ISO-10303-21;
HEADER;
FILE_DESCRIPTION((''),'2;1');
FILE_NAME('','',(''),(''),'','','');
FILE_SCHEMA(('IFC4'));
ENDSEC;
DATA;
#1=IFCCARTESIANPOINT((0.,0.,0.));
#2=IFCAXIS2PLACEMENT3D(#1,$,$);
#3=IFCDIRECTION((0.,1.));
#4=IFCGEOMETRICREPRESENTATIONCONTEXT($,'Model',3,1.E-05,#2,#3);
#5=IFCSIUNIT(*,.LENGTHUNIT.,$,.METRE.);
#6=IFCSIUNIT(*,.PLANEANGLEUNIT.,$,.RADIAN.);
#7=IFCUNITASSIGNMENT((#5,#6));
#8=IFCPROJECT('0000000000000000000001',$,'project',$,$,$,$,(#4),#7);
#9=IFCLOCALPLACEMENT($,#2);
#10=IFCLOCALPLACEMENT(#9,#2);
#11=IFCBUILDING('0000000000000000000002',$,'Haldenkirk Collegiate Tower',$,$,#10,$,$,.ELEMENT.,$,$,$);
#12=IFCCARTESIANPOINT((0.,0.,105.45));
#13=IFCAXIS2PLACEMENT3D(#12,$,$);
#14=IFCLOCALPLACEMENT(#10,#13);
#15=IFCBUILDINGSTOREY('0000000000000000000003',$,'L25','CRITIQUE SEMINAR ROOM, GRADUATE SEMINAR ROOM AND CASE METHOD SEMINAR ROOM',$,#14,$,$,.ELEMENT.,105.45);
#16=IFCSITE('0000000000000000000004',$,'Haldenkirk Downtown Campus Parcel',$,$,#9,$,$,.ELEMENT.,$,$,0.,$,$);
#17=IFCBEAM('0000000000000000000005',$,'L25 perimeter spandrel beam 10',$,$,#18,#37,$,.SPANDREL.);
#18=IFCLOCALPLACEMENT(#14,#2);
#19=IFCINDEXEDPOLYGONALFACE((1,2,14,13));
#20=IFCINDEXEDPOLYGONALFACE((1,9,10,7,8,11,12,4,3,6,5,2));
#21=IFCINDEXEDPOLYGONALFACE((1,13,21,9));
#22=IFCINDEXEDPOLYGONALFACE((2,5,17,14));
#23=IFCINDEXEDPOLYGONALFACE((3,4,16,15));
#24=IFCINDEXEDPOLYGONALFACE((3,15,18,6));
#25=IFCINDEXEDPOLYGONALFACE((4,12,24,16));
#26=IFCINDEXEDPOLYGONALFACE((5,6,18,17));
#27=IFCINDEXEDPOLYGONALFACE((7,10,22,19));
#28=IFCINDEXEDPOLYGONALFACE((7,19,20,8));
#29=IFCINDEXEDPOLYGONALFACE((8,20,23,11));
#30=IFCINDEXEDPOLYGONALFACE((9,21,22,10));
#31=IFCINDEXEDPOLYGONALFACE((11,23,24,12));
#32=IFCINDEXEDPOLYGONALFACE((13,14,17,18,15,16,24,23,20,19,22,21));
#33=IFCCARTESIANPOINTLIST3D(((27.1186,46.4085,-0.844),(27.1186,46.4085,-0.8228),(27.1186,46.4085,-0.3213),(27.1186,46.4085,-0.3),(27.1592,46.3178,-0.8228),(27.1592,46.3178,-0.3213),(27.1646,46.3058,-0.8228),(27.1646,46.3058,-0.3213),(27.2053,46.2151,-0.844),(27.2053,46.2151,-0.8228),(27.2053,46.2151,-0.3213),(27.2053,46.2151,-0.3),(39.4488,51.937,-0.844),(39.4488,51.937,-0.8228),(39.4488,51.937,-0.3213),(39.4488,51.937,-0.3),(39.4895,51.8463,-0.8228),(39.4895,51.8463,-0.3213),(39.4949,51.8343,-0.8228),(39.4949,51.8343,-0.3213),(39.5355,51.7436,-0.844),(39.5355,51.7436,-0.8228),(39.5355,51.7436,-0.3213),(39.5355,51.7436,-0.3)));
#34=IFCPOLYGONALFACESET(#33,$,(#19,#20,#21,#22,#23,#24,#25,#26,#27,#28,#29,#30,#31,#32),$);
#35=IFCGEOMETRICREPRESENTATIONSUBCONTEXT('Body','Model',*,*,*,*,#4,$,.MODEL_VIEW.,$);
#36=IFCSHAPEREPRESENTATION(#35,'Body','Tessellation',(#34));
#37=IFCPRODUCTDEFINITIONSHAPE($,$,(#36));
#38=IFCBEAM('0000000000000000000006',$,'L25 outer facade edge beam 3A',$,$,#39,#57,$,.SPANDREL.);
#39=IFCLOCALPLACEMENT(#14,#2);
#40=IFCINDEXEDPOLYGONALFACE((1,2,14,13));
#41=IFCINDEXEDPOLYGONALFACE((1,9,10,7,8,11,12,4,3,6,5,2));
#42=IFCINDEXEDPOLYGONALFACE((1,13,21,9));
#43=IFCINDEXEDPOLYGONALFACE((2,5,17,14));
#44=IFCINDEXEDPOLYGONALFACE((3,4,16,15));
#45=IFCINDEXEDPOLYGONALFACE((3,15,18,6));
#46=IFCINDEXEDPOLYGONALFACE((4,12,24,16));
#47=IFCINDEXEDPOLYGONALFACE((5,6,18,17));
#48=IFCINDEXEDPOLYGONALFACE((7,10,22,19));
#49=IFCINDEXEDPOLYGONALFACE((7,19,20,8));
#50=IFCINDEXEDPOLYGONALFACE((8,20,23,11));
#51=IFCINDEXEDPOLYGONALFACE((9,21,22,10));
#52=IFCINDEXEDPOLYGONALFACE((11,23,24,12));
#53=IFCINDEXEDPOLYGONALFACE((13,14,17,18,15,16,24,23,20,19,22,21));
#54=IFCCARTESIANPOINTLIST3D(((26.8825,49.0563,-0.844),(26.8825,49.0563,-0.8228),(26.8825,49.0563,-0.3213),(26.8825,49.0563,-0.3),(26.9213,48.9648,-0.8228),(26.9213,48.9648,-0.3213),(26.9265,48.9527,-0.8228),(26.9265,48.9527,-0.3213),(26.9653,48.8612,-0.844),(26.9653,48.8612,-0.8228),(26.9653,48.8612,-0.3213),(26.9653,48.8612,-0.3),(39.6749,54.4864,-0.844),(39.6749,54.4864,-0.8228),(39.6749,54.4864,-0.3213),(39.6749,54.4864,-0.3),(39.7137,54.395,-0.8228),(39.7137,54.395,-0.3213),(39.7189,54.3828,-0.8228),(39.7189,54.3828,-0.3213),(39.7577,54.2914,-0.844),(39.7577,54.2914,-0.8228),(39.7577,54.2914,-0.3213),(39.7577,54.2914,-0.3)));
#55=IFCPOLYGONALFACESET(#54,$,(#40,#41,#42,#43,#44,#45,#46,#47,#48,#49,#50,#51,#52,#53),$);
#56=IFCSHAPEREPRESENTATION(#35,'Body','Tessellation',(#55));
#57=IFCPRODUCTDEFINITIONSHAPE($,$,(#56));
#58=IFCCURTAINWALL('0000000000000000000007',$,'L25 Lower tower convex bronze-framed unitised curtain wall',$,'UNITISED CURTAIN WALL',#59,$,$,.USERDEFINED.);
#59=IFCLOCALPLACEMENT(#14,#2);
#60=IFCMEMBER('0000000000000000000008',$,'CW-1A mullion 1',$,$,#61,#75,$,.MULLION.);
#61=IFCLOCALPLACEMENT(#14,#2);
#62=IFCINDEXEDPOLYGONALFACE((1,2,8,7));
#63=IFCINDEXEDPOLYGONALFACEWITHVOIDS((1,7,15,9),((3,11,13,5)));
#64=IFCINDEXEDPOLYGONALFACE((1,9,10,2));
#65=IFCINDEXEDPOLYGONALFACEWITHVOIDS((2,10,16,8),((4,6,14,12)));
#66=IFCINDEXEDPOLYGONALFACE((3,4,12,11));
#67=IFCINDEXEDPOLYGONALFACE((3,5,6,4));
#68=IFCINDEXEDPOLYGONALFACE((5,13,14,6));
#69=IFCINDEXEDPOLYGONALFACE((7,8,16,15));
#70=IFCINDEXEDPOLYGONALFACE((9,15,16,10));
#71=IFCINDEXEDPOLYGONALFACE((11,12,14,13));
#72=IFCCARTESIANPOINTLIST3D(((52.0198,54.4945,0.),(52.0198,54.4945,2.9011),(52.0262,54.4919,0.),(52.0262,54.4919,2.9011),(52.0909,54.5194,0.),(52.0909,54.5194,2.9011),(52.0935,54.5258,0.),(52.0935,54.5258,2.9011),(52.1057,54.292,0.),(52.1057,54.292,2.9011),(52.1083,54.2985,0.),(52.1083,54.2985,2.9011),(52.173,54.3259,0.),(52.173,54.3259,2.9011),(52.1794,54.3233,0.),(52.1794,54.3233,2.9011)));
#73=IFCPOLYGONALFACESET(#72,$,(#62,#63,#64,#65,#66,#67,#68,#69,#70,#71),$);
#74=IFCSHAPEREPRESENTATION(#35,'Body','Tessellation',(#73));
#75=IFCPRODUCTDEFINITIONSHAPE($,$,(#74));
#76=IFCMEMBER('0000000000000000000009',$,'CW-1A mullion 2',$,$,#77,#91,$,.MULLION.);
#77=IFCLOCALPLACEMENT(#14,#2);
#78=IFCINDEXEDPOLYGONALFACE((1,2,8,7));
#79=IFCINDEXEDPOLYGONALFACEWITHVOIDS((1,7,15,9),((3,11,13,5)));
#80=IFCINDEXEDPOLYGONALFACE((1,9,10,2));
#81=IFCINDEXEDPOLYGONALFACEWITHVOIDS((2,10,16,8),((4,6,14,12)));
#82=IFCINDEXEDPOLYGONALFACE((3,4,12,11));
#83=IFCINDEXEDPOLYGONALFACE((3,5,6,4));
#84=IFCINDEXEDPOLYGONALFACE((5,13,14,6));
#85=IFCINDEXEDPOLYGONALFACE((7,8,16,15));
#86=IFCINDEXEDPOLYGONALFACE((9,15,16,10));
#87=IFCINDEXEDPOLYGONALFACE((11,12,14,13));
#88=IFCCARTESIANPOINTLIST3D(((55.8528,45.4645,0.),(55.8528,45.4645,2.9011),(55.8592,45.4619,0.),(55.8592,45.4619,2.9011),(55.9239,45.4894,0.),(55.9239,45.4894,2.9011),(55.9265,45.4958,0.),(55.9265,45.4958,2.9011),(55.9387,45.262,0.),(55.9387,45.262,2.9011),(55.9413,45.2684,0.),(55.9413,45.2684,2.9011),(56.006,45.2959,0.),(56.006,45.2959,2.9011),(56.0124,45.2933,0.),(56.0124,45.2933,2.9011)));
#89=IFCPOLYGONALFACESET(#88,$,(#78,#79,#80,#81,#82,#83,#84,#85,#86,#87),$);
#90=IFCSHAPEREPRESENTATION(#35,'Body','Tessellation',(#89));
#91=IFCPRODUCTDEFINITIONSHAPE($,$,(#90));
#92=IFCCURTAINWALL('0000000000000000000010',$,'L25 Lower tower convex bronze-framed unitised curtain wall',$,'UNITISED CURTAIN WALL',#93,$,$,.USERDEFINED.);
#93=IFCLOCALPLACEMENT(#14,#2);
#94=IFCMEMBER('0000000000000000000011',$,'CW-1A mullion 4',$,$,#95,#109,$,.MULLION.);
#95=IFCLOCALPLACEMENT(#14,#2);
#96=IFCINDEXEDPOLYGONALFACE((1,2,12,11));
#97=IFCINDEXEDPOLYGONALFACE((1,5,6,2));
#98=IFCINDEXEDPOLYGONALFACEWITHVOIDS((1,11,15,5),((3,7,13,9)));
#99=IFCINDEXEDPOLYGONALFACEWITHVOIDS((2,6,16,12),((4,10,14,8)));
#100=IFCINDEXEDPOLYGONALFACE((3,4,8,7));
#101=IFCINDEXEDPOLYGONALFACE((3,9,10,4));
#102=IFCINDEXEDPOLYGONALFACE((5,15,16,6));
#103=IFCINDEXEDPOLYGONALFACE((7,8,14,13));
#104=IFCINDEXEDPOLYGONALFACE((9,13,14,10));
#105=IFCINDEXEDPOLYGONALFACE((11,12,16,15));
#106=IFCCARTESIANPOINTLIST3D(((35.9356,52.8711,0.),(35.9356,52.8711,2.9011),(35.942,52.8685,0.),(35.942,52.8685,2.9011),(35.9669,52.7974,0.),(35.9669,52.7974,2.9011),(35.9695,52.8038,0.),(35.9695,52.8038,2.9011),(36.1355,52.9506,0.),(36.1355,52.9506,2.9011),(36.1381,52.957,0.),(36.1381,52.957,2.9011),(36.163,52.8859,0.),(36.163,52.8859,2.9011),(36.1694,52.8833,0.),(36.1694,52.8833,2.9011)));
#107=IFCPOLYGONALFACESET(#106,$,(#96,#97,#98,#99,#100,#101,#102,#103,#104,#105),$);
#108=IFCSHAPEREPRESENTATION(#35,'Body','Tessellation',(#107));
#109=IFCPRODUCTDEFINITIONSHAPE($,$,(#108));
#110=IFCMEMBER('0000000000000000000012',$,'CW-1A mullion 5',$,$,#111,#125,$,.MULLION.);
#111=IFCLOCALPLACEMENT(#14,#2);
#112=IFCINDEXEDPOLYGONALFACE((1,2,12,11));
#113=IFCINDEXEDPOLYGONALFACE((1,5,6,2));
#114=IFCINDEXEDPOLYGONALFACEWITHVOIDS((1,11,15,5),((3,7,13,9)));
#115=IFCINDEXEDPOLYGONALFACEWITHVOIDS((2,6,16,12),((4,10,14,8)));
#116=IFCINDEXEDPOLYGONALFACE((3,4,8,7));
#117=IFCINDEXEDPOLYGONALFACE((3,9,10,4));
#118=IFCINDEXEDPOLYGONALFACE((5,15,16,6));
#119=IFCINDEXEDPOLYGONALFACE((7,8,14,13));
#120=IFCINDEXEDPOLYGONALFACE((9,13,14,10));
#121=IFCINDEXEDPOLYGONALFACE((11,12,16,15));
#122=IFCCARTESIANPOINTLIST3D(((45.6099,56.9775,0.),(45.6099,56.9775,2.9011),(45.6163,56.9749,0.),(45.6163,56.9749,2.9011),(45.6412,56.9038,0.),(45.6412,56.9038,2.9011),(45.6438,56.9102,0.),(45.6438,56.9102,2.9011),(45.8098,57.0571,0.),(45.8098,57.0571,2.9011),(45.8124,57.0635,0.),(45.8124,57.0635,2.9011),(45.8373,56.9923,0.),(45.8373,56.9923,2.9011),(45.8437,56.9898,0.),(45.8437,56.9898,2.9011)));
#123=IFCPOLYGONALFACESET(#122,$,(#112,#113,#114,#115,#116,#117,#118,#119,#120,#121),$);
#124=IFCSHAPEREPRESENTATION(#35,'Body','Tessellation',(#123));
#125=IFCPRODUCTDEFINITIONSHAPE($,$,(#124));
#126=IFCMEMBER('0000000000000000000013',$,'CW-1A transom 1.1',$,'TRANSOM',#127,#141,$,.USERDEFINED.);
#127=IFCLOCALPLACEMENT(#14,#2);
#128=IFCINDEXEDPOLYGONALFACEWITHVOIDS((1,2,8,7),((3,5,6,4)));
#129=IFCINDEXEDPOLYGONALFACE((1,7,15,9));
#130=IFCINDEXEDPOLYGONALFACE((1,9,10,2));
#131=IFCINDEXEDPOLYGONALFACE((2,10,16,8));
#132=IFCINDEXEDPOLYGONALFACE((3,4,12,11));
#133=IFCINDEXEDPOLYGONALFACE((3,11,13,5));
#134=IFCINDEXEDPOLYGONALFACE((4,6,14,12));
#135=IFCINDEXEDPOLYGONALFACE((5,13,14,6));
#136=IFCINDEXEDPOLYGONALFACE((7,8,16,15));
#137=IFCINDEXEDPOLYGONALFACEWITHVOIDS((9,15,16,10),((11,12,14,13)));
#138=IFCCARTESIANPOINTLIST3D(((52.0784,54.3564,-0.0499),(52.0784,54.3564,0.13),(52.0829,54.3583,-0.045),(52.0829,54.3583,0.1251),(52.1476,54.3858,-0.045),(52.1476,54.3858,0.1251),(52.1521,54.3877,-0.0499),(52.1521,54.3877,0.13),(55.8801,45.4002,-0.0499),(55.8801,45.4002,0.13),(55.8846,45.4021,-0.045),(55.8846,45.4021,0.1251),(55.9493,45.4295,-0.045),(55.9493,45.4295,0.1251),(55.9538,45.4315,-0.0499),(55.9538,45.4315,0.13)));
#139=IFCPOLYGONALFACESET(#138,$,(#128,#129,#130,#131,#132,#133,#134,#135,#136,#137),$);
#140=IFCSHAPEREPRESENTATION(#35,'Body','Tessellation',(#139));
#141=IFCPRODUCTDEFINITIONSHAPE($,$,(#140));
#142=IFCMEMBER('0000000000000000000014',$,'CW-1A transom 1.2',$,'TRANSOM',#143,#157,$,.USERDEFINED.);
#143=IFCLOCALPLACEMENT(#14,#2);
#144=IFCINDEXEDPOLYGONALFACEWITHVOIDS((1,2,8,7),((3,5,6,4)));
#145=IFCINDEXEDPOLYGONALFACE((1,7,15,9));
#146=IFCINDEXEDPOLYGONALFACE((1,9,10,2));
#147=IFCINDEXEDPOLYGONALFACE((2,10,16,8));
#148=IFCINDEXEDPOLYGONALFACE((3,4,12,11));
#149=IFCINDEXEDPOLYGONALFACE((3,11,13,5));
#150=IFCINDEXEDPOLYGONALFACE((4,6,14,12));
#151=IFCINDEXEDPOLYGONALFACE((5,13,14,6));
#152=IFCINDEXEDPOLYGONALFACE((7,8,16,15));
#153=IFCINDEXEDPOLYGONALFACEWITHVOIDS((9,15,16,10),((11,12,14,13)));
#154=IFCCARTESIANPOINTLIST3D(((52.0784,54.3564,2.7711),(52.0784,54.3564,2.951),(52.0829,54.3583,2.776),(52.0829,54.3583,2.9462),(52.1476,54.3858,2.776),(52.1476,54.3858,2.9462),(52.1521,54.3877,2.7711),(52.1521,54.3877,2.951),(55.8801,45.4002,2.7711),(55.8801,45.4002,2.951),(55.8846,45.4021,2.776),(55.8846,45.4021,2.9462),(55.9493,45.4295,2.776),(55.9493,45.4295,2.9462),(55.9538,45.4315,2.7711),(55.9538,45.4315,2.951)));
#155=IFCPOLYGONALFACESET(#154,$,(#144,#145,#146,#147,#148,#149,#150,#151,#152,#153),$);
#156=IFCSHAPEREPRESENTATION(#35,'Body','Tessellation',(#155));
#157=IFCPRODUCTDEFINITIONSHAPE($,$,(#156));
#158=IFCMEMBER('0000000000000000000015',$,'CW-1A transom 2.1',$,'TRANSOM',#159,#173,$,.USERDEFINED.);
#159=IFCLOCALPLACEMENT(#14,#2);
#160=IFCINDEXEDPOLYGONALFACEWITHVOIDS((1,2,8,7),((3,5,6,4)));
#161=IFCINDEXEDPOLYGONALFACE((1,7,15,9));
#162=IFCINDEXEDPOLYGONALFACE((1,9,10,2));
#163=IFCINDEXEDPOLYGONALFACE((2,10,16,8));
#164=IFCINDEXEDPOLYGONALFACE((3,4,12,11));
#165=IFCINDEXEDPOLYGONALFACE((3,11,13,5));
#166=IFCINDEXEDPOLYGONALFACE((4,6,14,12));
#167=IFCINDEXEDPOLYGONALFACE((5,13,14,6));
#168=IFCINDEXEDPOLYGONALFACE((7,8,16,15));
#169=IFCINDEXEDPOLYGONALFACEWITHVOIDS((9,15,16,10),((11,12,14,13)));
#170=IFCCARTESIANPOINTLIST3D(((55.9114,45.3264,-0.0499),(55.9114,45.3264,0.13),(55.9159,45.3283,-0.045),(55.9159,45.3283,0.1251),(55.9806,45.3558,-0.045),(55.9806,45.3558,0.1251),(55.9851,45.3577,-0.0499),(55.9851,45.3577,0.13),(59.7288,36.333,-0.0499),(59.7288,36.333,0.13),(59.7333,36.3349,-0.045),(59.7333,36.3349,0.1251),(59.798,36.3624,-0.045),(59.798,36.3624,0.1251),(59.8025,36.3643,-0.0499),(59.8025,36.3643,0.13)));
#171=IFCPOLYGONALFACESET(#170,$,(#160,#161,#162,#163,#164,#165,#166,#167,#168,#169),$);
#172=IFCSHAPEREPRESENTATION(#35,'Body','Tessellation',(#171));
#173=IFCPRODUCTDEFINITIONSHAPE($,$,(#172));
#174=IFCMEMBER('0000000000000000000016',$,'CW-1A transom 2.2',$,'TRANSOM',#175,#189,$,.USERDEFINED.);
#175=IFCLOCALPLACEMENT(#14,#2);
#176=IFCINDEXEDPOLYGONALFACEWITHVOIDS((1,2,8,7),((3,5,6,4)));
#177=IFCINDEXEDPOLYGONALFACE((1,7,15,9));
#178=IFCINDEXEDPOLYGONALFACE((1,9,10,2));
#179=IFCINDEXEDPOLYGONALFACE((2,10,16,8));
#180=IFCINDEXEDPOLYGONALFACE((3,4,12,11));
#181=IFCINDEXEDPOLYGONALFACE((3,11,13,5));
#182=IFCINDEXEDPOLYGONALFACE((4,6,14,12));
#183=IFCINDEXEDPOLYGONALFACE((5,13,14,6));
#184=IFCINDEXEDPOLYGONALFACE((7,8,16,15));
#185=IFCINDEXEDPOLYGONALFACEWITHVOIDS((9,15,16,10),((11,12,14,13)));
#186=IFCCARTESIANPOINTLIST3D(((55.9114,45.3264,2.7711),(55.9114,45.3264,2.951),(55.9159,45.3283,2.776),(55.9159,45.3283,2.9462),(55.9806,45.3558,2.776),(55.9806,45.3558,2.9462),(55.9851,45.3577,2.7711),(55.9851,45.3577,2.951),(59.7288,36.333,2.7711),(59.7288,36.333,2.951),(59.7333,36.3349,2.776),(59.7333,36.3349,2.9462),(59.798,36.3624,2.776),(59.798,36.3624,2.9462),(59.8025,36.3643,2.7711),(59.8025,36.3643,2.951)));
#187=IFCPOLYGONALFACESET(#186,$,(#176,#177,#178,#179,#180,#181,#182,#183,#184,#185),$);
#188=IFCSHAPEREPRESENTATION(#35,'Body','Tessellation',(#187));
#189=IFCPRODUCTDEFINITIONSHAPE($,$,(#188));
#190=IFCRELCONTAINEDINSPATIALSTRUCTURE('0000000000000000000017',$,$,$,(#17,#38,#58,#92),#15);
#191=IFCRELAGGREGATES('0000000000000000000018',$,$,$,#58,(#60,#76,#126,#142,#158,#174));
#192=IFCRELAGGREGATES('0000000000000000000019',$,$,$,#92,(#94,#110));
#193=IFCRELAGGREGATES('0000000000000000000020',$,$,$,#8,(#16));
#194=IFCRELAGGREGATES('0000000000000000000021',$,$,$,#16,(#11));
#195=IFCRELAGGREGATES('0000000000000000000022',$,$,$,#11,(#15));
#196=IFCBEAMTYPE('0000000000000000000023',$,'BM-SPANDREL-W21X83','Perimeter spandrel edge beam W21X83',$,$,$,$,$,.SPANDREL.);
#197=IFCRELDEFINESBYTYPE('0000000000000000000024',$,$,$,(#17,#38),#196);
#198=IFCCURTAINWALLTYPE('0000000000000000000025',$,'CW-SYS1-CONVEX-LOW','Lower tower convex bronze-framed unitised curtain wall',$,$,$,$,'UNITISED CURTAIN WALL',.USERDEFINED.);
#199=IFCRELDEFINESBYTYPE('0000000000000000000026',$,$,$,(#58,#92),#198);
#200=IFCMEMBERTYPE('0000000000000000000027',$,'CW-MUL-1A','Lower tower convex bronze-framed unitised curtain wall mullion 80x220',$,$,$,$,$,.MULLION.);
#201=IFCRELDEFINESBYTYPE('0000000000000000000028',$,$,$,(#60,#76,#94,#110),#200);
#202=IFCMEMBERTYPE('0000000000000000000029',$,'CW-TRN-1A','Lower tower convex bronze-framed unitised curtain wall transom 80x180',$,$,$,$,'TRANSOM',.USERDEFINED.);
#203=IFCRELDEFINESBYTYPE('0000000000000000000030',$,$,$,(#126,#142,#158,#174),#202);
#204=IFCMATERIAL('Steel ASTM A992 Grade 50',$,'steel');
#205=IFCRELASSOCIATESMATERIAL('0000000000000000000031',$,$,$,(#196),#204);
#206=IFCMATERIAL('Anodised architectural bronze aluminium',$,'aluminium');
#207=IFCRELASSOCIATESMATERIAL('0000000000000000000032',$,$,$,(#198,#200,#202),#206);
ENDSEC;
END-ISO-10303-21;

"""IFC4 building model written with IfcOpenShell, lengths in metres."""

from ifc_helpers import new_model, si_unit, direction, frame, origin, origin_2d, place, context, subcontext, project, spatial, hollow_rectangle, i_section, extrude, material, material_profile, profile_set, type_object, element, aggregate, save


model = new_model("IFC4")

# Units and contexts
model_context = context("Model", 3, precision=1e-05, world=origin(), true_north=direction((0.0, 1.0)))
body_context = subcontext(model_context, "Body", "Model", "MODEL_VIEW")
ifc_project = project(units=[si_unit("LENGTHUNIT", "METRE"), si_unit("PLANEANGLEUNIT", "RADIAN")], contexts=[model_context])

# Site, building, storey
site_placement = place(None, origin())
site = spatial("IfcSite", under=ifc_project, at=site_placement, Name="Haldenkirk Downtown Campus Parcel", CompositionType="ELEMENT", RefElevation=0.0)
building_placement = place(site_placement, origin())
building = spatial("IfcBuilding", under=site, at=building_placement, Name="Haldenkirk Collegiate Tower", CompositionType="ELEMENT")
storey_placement = place(building_placement, frame((0.0, 0.0, 105.45)))
storey = spatial("IfcBuildingStorey", under=building, at=storey_placement, Name="L25", Description="CRITIQUE SEMINAR ROOM, GRADUATE SEMINAR ROOM AND CASE METHOD SEMINAR ROOM", CompositionType="ELEMENT", Elevation=105.45)

# Beams
ifc_material_1 = material(Name="Steel ASTM A992 Grade 50", Category="steel")
ifc_material_profile_1 = material_profile(ifc_material_1, i_section(OverallWidth=0.2119, OverallDepth=0.5439, WebThickness=0.0132, FlangeThickness=0.0212, at=origin_2d()), Name="W21X83")
ifc_profile_set_1 = profile_set([ifc_material_profile_1], Name="Steel ASTM A992 Grade 50")
beam_type_1 = type_object("IfcBeamType", Name="BM-SPANDREL-W21X83", Description="Perimeter spandrel edge beam W21X83", PredefinedType="SPANDREL", material=ifc_profile_set_1)
beam_1_placement = place(storey_placement, frame((39.4922, 51.8403, -0.572), z_axis=(-0.912477, -0.409129, 0.0), x_axis=(0.409129, -0.912477, 0.0)))
element("IfcBeam", 1, at=beam_1_placement, inside=storey, type_object=beam_type_1, Name="L25 perimeter spandrel beam 10", PredefinedType="SPANDREL", context=body_context, shape_type="SweptSolid", body=[
    extrude(i_section(OverallWidth=0.2119, OverallDepth=0.5439, WebThickness=0.0132, FlangeThickness=0.0212, at=origin_2d()), origin(), (0.0, 0.0, 1.0), 13.5129),
])
beam_2_placement = place(storey_placement, frame((39.7163, 54.3889, -0.572), z_axis=(-0.920503, -0.390737, 0.0), x_axis=(0.390737, -0.920503, 0.0)))
element("IfcBeam", 2, at=beam_2_placement, inside=storey, type_object=beam_type_1, Name="L25 outer facade edge beam 3A", PredefinedType="SPANDREL", context=body_context, shape_type="SweptSolid", body=[
    extrude(i_section(OverallWidth=0.2119, OverallDepth=0.5439, WebThickness=0.0132, FlangeThickness=0.0212, at=origin_2d()), origin(), (0.0, 0.0, 1.0), 13.8972),
])

# Curtain walls, members
ifc_material_2 = material(Name="Anodised architectural bronze aluminium", Category="aluminium")
curtain_wall_type = type_object("IfcCurtainWallType", Name="CW-SYS1-CONVEX-LOW", Description="Lower tower convex bronze-framed unitised curtain wall", ElementType="UNITISED CURTAIN WALL", PredefinedType="USERDEFINED", material=ifc_material_2)
curtain_wall_1_placement = place(storey_placement, origin())
curtain_wall_1 = element("IfcCurtainWall", 3, at=curtain_wall_1_placement, inside=storey, type_object=curtain_wall_type, Name="L25 Lower tower convex bronze-framed unitised curtain wall", ObjectType="UNITISED CURTAIN WALL", PredefinedType="USERDEFINED")
ifc_material_profile_2 = material_profile(ifc_material_2, hollow_rectangle(XDim=0.0801, YDim=0.22, WallThickness=0.0049, at=origin_2d()), Name="CW-MUL-1A")
ifc_profile_set_2 = profile_set([ifc_material_profile_2], Name="Anodised architectural bronze aluminium")
member_type_1 = type_object("IfcMemberType", Name="CW-MUL-1A", Description="Lower tower convex bronze-framed unitised curtain wall mullion 80x220", PredefinedType="MULLION", material=ifc_profile_set_2)
member_1_placement = place(storey_placement, frame((52.0996, 54.4089, 0.0), z_axis=(0.0, 0.0, 1.0), x_axis=(0.920505, 0.39073, 0.0)))
member_1 = element("IfcMember", 4, at=member_1_placement, type_object=member_type_1, Name="CW-1A mullion 1", PredefinedType="MULLION", context=body_context, shape_type="SweptSolid", body=[
    extrude(hollow_rectangle(XDim=0.0801, YDim=0.22, WallThickness=0.0049, at=origin_2d()), origin(), (0.0, 0.0, 1.0), 2.9011),
])
member_2_placement = place(storey_placement, frame((55.9326, 45.3789, 0.0), z_axis=(0.0, 0.0, 1.0), x_axis=(0.920505, 0.39073, 0.0)))
member_2 = element("IfcMember", 5, at=member_2_placement, type_object=member_type_1, Name="CW-1A mullion 2", PredefinedType="MULLION", context=body_context, shape_type="SweptSolid", body=[
    extrude(hollow_rectangle(XDim=0.0801, YDim=0.22, WallThickness=0.0049, at=origin_2d()), origin(), (0.0, 0.0, 1.0), 2.9011),
])
curtain_wall_2_placement = place(storey_placement, origin())
curtain_wall_2 = element("IfcCurtainWall", 6, at=curtain_wall_2_placement, inside=storey, type_object=curtain_wall_type, Name="L25 Lower tower convex bronze-framed unitised curtain wall", ObjectType="UNITISED CURTAIN WALL", PredefinedType="USERDEFINED")
member_3_placement = place(storey_placement, frame((36.0525, 52.8772, 0.0), z_axis=(0.0, 0.0, 1.0), x_axis=(-0.390731, 0.920505, 0.0)))
member_3 = element("IfcMember", 7, at=member_3_placement, type_object=member_type_1, Name="CW-1A mullion 4", PredefinedType="MULLION", context=body_context, shape_type="SweptSolid", body=[
    extrude(hollow_rectangle(XDim=0.0801, YDim=0.22, WallThickness=0.0049, at=origin_2d()), origin(), (0.0, 0.0, 1.0), 2.9011),
])
member_4_placement = place(storey_placement, frame((45.7268, 56.9836, 0.0), z_axis=(0.0, 0.0, 1.0), x_axis=(-0.390731, 0.920505, 0.0)))
member_4 = element("IfcMember", 8, at=member_4_placement, type_object=member_type_1, Name="CW-1A mullion 5", PredefinedType="MULLION", context=body_context, shape_type="SweptSolid", body=[
    extrude(hollow_rectangle(XDim=0.0801, YDim=0.22, WallThickness=0.0049, at=origin_2d()), origin(), (0.0, 0.0, 1.0), 2.9011),
])

# Members
ifc_material_profile_3 = material_profile(ifc_material_2, hollow_rectangle(XDim=0.0801, YDim=0.1799, WallThickness=0.0049, at=origin_2d()), Name="CW-TRN-1A")
ifc_profile_set_3 = profile_set([ifc_material_profile_3], Name="Anodised architectural bronze aluminium")
member_type_2 = type_object("IfcMemberType", Name="CW-TRN-1A", Description="Lower tower convex bronze-framed unitised curtain wall transom 80x180", ElementType="TRANSOM", PredefinedType="USERDEFINED", material=ifc_profile_set_3)
member_5_placement = place(storey_placement, frame((52.1152, 54.3721, 0.04), z_axis=(0.390734, -0.920504, 0.0), x_axis=(0.920504, 0.390734, 0.0)))
member_5 = element("IfcMember", 9, at=member_5_placement, type_object=member_type_2, Name="CW-1A transom 1.1", ObjectType="TRANSOM", PredefinedType="USERDEFINED", context=body_context, shape_type="SweptSolid", body=[
    extrude(hollow_rectangle(XDim=0.0801, YDim=0.1799, WallThickness=0.0049, at=origin_2d()), origin(), (0.0, 0.0, 1.0), 9.7297),
])
member_6_placement = place(storey_placement, frame((52.1152, 54.3721, 2.8611), z_axis=(0.390734, -0.920504, 0.0), x_axis=(0.920504, 0.390734, 0.0)))
member_6 = element("IfcMember", 10, at=member_6_placement, type_object=member_type_2, Name="CW-1A transom 1.2", ObjectType="TRANSOM", PredefinedType="USERDEFINED", context=body_context, shape_type="SweptSolid", body=[
    extrude(hollow_rectangle(XDim=0.0801, YDim=0.1799, WallThickness=0.0049, at=origin_2d()), origin(), (0.0, 0.0, 1.0), 9.7297),
])
member_7_placement = place(storey_placement, frame((55.9482, 45.342, 0.04), z_axis=(0.390723, -0.920508, 0.0), x_axis=(0.920508, 0.390723, 0.0)))
member_7 = element("IfcMember", 11, at=member_7_placement, type_object=member_type_2, Name="CW-1A transom 2.1", ObjectType="TRANSOM", PredefinedType="USERDEFINED", context=body_context, shape_type="SweptSolid", body=[
    extrude(hollow_rectangle(XDim=0.0801, YDim=0.1799, WallThickness=0.0049, at=origin_2d()), origin(), (0.0, 0.0, 1.0), 9.77),
])
member_8_placement = place(storey_placement, frame((55.9482, 45.342, 2.8611), z_axis=(0.390723, -0.920508, 0.0), x_axis=(0.920508, 0.390723, 0.0)))
member_8 = element("IfcMember", 12, at=member_8_placement, type_object=member_type_2, Name="CW-1A transom 2.2", ObjectType="TRANSOM", PredefinedType="USERDEFINED", context=body_context, shape_type="SweptSolid", body=[
    extrude(hollow_rectangle(XDim=0.0801, YDim=0.1799, WallThickness=0.0049, at=origin_2d()), origin(), (0.0, 0.0, 1.0), 9.77),
])

aggregate(curtain_wall_1, [member_1, member_2, member_5, member_6, member_7, member_8])
aggregate(curtain_wall_2, [member_3, member_4])

save(model, "model.ifc")
